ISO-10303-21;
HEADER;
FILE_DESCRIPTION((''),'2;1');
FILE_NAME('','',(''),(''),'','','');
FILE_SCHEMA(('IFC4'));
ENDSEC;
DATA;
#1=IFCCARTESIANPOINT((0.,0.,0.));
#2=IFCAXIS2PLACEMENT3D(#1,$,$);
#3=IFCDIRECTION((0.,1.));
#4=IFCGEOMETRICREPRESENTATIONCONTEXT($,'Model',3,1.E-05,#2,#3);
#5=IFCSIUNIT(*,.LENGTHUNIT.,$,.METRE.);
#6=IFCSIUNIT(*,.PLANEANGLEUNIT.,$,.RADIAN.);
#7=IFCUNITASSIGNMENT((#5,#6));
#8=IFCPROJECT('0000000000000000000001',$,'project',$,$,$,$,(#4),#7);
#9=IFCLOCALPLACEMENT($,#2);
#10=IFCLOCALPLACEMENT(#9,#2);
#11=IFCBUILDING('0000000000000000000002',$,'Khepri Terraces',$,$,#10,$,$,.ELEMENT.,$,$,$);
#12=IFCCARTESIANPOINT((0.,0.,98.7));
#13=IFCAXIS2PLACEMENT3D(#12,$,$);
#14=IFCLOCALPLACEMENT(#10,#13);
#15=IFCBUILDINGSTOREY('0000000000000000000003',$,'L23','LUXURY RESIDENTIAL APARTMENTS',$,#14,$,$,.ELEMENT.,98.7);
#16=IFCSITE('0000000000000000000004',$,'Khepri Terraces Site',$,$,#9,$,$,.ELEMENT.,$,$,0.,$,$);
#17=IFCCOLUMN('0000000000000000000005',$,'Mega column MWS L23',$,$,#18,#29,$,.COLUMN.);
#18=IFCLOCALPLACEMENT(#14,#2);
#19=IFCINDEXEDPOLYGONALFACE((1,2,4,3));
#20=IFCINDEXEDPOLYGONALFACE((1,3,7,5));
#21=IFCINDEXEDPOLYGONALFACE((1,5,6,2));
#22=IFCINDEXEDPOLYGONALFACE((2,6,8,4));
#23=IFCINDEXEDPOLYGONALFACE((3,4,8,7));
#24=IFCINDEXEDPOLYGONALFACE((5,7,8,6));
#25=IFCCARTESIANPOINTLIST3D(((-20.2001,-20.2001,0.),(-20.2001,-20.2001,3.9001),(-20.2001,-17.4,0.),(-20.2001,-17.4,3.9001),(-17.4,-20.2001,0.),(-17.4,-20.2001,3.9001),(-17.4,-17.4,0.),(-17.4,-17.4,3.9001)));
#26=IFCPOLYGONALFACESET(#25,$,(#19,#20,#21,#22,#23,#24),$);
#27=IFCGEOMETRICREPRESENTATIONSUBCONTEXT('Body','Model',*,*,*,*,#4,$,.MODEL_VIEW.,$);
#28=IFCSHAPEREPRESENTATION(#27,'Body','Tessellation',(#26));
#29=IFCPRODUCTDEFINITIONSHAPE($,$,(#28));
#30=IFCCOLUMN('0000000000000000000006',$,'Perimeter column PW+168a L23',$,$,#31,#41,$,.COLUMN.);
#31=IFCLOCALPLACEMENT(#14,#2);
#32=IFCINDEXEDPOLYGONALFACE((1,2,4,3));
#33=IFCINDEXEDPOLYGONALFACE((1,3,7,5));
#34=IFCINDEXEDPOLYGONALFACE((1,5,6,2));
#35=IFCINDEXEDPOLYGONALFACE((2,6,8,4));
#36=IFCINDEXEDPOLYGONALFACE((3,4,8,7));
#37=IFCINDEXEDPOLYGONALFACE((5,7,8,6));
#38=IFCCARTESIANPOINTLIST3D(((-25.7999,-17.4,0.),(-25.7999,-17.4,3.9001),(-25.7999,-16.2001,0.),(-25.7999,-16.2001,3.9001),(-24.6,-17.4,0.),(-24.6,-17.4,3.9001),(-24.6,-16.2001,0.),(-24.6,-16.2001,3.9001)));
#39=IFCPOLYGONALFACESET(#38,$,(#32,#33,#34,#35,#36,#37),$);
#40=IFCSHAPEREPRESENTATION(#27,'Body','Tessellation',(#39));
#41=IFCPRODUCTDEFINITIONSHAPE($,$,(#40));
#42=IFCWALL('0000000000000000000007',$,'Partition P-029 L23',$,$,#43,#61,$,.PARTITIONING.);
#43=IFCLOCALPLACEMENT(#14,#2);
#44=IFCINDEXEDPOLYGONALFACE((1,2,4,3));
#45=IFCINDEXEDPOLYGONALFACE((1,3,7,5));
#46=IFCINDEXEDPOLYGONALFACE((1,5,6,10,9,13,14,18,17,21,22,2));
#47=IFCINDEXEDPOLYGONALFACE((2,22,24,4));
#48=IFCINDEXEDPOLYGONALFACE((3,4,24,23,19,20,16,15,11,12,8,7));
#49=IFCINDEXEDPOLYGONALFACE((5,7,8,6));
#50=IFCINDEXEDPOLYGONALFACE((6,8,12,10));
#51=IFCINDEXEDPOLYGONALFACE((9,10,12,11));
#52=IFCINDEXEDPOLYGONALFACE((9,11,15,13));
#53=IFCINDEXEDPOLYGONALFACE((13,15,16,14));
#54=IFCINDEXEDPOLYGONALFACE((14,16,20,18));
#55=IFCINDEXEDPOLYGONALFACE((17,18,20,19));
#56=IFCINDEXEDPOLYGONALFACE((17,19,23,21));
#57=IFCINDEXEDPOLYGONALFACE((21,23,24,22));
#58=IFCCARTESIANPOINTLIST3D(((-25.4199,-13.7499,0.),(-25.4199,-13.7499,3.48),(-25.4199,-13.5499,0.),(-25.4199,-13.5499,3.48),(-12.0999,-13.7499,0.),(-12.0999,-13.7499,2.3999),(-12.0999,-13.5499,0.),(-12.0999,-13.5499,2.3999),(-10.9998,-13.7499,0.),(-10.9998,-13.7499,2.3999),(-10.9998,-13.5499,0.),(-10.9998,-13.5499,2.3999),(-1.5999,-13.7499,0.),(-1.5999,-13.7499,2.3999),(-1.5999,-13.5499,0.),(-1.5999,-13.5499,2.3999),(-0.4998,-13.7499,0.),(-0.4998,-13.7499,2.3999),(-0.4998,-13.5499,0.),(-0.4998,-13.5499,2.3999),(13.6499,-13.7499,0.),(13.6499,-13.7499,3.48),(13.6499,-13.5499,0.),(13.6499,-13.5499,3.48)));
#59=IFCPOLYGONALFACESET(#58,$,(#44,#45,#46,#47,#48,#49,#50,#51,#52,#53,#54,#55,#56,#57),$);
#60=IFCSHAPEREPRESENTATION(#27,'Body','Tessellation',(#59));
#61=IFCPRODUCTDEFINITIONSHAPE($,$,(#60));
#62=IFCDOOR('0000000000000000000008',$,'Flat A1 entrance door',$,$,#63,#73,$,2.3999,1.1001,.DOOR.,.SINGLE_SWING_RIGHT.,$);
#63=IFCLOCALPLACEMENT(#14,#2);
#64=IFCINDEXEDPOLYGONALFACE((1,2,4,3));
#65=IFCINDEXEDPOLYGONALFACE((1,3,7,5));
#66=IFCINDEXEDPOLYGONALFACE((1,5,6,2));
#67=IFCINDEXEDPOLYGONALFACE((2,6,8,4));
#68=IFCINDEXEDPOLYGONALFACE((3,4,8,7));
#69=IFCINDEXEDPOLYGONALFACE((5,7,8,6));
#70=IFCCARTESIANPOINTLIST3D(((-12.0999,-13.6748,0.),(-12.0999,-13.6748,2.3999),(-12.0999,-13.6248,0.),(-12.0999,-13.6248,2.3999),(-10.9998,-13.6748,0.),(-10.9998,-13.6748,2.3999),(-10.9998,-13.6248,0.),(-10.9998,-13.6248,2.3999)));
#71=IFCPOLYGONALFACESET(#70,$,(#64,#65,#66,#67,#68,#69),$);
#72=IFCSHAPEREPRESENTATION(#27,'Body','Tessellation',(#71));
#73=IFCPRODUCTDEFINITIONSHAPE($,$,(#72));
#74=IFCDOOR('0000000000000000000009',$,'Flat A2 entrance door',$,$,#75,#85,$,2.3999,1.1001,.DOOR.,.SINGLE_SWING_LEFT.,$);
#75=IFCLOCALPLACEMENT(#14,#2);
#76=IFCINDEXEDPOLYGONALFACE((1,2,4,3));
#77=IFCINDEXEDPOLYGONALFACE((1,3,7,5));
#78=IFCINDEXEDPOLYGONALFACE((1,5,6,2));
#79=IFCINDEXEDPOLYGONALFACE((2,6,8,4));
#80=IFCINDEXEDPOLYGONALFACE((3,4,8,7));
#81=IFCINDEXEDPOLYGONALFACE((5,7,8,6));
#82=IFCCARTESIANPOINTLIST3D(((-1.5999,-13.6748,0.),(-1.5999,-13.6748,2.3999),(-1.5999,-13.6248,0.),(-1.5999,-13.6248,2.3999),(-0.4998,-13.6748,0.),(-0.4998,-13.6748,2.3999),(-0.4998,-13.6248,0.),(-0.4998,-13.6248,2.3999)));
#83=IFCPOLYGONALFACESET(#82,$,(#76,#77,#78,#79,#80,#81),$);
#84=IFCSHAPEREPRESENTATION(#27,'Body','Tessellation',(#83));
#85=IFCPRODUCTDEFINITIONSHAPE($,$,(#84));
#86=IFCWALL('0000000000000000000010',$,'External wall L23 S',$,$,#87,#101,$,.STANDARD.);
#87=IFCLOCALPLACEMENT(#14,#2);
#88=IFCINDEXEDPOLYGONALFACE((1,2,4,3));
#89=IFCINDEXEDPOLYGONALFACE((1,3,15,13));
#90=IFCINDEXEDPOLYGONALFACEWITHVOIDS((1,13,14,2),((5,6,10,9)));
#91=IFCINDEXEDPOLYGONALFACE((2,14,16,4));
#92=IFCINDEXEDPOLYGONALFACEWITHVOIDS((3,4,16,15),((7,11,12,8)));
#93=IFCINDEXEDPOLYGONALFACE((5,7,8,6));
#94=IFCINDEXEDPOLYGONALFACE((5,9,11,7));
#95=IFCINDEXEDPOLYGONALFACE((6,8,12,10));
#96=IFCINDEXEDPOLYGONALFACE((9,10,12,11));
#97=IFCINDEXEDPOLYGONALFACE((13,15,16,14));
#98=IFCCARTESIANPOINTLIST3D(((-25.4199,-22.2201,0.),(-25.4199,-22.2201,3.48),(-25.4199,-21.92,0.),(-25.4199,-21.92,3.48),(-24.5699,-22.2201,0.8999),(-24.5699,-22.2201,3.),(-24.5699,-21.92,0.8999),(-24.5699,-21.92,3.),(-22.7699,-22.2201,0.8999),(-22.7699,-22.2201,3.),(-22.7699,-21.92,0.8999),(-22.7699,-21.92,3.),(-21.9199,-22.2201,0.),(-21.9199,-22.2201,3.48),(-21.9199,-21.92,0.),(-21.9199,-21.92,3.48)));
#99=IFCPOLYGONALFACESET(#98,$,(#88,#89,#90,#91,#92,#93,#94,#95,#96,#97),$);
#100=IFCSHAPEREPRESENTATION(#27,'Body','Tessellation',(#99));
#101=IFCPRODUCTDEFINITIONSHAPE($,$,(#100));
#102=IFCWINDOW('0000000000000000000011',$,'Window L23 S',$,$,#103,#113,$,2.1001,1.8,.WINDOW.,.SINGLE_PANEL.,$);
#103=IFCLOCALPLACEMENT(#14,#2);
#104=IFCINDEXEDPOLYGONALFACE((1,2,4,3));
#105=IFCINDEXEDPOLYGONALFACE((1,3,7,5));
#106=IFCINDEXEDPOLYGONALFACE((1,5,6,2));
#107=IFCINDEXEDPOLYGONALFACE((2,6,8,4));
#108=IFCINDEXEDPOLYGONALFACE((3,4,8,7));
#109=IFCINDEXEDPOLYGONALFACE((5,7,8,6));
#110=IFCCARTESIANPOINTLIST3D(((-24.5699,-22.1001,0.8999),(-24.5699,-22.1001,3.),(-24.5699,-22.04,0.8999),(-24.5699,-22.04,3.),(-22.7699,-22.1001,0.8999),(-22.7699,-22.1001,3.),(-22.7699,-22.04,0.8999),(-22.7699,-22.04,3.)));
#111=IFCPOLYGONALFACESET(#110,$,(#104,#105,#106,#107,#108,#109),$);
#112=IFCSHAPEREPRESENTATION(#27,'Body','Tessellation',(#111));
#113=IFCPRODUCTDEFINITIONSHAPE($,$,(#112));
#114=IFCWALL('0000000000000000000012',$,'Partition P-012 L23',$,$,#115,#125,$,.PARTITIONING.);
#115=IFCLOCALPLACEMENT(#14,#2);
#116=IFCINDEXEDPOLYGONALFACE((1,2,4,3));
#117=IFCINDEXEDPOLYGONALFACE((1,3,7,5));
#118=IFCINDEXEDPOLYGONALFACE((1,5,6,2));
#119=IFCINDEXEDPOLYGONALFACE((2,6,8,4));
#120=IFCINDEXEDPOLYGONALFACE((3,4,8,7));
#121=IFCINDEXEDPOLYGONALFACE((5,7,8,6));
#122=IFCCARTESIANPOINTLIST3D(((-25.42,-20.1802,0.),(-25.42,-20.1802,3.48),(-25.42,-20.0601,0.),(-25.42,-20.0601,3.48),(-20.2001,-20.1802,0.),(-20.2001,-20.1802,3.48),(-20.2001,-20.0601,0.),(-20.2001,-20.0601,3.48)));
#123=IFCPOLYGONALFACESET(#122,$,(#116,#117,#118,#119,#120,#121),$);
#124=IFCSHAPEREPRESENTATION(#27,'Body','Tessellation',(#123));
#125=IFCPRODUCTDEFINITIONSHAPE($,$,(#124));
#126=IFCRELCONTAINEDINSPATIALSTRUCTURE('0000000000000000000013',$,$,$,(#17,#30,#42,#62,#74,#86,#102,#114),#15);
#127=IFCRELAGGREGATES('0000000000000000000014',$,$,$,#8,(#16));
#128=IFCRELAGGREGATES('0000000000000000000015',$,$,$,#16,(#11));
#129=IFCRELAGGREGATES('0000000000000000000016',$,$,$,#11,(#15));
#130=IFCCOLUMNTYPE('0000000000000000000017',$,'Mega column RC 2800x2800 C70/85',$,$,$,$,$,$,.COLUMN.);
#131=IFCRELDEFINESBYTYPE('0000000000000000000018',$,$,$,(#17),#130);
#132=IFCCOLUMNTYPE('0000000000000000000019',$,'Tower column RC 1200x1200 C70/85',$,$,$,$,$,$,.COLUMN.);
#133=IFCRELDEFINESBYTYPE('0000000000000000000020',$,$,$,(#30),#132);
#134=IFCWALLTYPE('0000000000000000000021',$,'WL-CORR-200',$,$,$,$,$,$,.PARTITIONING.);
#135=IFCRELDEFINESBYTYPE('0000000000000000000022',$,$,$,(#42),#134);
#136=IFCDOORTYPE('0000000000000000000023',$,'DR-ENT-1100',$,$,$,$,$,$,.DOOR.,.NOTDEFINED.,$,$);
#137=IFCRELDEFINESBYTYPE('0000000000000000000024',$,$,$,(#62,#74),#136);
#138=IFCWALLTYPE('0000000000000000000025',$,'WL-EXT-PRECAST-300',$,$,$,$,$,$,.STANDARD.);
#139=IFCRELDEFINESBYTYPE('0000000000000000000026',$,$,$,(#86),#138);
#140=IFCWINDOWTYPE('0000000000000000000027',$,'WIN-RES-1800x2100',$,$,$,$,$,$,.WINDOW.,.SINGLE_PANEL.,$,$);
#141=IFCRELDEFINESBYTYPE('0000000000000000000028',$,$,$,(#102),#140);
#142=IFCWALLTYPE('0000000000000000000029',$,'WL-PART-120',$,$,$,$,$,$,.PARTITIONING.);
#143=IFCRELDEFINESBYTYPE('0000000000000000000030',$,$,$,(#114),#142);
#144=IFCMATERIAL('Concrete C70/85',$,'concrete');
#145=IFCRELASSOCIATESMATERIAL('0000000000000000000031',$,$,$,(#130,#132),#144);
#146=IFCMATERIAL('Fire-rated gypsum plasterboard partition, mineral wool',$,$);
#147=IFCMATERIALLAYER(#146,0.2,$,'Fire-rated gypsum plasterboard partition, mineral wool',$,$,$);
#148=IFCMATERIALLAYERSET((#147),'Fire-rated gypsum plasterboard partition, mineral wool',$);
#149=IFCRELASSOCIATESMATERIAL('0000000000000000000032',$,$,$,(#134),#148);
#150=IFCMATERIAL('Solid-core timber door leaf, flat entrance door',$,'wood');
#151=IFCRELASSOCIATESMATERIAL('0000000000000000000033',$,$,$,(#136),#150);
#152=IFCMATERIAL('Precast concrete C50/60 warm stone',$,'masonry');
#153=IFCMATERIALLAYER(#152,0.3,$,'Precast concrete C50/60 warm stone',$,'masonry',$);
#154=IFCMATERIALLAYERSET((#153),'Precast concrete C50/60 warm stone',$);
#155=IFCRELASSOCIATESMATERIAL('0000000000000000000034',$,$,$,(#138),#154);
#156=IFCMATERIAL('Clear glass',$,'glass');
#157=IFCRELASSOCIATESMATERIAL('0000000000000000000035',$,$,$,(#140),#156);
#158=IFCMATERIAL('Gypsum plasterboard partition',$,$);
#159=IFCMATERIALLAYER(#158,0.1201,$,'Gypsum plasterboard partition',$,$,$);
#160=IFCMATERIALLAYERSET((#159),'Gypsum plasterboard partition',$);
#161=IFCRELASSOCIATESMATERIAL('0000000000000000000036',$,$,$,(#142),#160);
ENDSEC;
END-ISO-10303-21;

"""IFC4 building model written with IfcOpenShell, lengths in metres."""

from ifc_helpers import new_model, si_unit, direction, frame, frame_2d, origin, origin_2d, place, context, subcontext, project, spatial, rectangle, extrude, material, layer, layer_set, material_profile, profile_set, type_object, element, fill, save


model = new_model("IFC4")

# Units and contexts
model_context = context("Model", 3, precision=1e-05, world=origin(), true_north=direction((0.0, 1.0)))
body_context = subcontext(model_context, "Body", "Model", "MODEL_VIEW")
ifc_project = project(units=[si_unit("LENGTHUNIT", "METRE"), si_unit("PLANEANGLEUNIT", "RADIAN")], contexts=[model_context])

# Site, building, storey
site_placement = place(None, origin())
site = spatial("IfcSite", under=ifc_project, at=site_placement, Name="Khepri Terraces Site", CompositionType="ELEMENT", RefElevation=0.0)
building_placement = place(site_placement, origin())
building = spatial("IfcBuilding", under=site, at=building_placement, Name="Khepri Terraces", CompositionType="ELEMENT")
storey_placement = place(building_placement, frame((0.0, 0.0, 98.7)))
storey = spatial("IfcBuildingStorey", under=building, at=storey_placement, Name="L23", Description="LUXURY RESIDENTIAL APARTMENTS", CompositionType="ELEMENT", Elevation=98.7)

# Columns
ifc_material_1 = material(Name="Concrete C70/85", Category="concrete")
ifc_material_profile_1 = material_profile(ifc_material_1, rectangle(XDim=2.8, YDim=2.8, at=origin_2d()), Name="Concrete C70/85", Category="concrete")
ifc_profile_set_1 = profile_set([ifc_material_profile_1], Name="Concrete C70/85")
column_type_1 = type_object("IfcColumnType", Name="Mega column RC 2800x2800 C70/85", PredefinedType="COLUMN", material=ifc_profile_set_1)
column_1_placement = place(storey_placement, frame((-18.8, -18.8, 0.0), z_axis=(0.0, 0.0, 1.0), x_axis=(1.0, 0.0, 0.0)))
element("IfcColumn", 1, at=column_1_placement, inside=storey, type_object=column_type_1, Name="Mega column MWS L23", PredefinedType="COLUMN", context=body_context, shape_type="SweptSolid", body=[
    extrude(rectangle(XDim=2.8, YDim=2.8, at=origin_2d()), origin(), (0.0, 0.0, 1.0), 3.9001),
])
ifc_material_profile_2 = material_profile(ifc_material_1, rectangle(XDim=1.2, YDim=1.2, at=origin_2d()), Name="Concrete C70/85", Category="concrete")
ifc_profile_set_2 = profile_set([ifc_material_profile_2], Name="Concrete C70/85")
column_type_2 = type_object("IfcColumnType", Name="Tower column RC 1200x1200 C70/85", PredefinedType="COLUMN", material=ifc_profile_set_2)
column_2_placement = place(storey_placement, frame((-25.2, -16.8, 0.0), z_axis=(0.0, 0.0, 1.0), x_axis=(1.0, 0.0, 0.0)))
element("IfcColumn", 2, at=column_2_placement, inside=storey, type_object=column_type_2, Name="Perimeter column PW+168a L23", PredefinedType="COLUMN", context=body_context, shape_type="SweptSolid", body=[
    extrude(rectangle(XDim=1.2, YDim=1.2, at=origin_2d()), origin(), (0.0, 0.0, 1.0), 3.9001),
])

# Wall, openings, doors
ifc_material_2 = material(Name="Fire-rated gypsum plasterboard partition, mineral wool")
ifc_layer_1 = layer(ifc_material_2, 0.2, Name="Fire-rated gypsum plasterboard partition, mineral wool")
ifc_layer_set_1 = layer_set([ifc_layer_1], Name="Fire-rated gypsum plasterboard partition, mineral wool")
wall_type_1 = type_object("IfcWallType", Name="WL-CORR-200", PredefinedType="PARTITIONING", material=ifc_layer_set_1)
wall_1_placement = place(storey_placement, frame((-25.4199, -13.6499, 0.0), z_axis=(0.0, 0.0, 1.0), x_axis=(1.0, 0.0, 0.0)))
wall_1 = element("IfcWall", 3, at=wall_1_placement, inside=storey, type_object=wall_type_1, Name="Partition P-029 L23", PredefinedType="PARTITIONING", context=body_context, shape_type="SweptSolid", body=[
    extrude(rectangle(XDim=39.0698, YDim=0.2, at=frame_2d((19.5349, 0.0))), origin(), (0.0, 0.0, 1.0), 3.48),
])
opening_1_placement = place(wall_1_placement, frame((13.3201, 0.0, 0.0)))
opening_1 = element("IfcOpeningElement", 4, at=opening_1_placement, cuts=wall_1, PredefinedType="OPENING", context=body_context, shape_type="SweptSolid", body=[
    extrude(rectangle(XDim=1.1001, YDim=2.3999, at=frame_2d((0.55, 1.2))), frame((0.0, 0.1099, 0.0), z_axis=(0.0, -1.0, 0.0), x_axis=(1.0, 0.0, 0.0)), (0.0, 0.0, 1.0), 0.22),
])
opening_2_placement = place(wall_1_placement, frame((23.8201, 0.0, 0.0)))
opening_2 = element("IfcOpeningElement", 5, at=opening_2_placement, cuts=wall_1, PredefinedType="OPENING", context=body_context, shape_type="SweptSolid", body=[
    extrude(rectangle(XDim=1.1001, YDim=2.3999, at=frame_2d((0.55, 1.2))), frame((0.0, 0.1099, 0.0), z_axis=(0.0, -1.0, 0.0), x_axis=(1.0, 0.0, 0.0)), (0.0, 0.0, 1.0), 0.22),
])
ifc_material_3 = material(Name="Solid-core timber door leaf, flat entrance door", Category="wood")
door_type_1 = type_object("IfcDoorType", Name="DR-ENT-1100", OperationType="NOTDEFINED", PredefinedType="DOOR", material=ifc_material_3)
door_1_placement = place(opening_1_placement, frame((1.1001, 0.0, 0.0), z_axis=(0.0, 0.0, 1.0), x_axis=(-1.0, 0.0, 0.0)))
door_1 = element("IfcDoor", 6, at=door_1_placement, inside=storey, type_object=door_type_1, Name="Flat A1 entrance door", OperationType="SINGLE_SWING_RIGHT", OverallHeight=2.3999, OverallWidth=1.1001, PredefinedType="DOOR", context=body_context, shape_type="SweptSolid", body=[
    extrude(rectangle(XDim=1.1001, YDim=2.3999, at=frame_2d((0.55, 1.2))), frame((0.0, 0.0249, 0.0), z_axis=(0.0, -1.0, 0.0), x_axis=(1.0, 0.0, 0.0)), (0.0, 0.0, 1.0), 0.05),
])
fill(opening_1, door_1)
door_2_placement = place(opening_2_placement, frame((1.1001, 0.0, 0.0), z_axis=(0.0, 0.0, 1.0), x_axis=(-1.0, 0.0, 0.0)))
door_2 = element("IfcDoor", 7, at=door_2_placement, inside=storey, type_object=door_type_1, Name="Flat A2 entrance door", OperationType="SINGLE_SWING_LEFT", OverallHeight=2.3999, OverallWidth=1.1001, PredefinedType="DOOR", context=body_context, shape_type="SweptSolid", body=[
    extrude(rectangle(XDim=1.1001, YDim=2.3999, at=frame_2d((0.55, 1.2))), frame((0.0, 0.0249, 0.0), z_axis=(0.0, -1.0, 0.0), x_axis=(1.0, 0.0, 0.0)), (0.0, 0.0, 1.0), 0.05),
])
fill(opening_2, door_2)

# Shared definitions
ifc_material_4 = material(Name="Precast concrete C50/60 warm stone", Category="masonry")
ifc_layer_2 = layer(ifc_material_4, 0.3, Name="Precast concrete C50/60 warm stone", Category="masonry")
ifc_layer_set_2 = layer_set([ifc_layer_2], Name="Precast concrete C50/60 warm stone")
wall_type_2 = type_object("IfcWallType", Name="WL-EXT-PRECAST-300", PredefinedType="STANDARD", material=ifc_layer_set_2)
ifc_material_5 = material(Name="Clear glass", Category="glass")
window_type = type_object("IfcWindowType", Name="WIN-RES-1800x2100", PartitioningType="SINGLE_PANEL", PredefinedType="WINDOW", material=ifc_material_5)

# Wall, opening, window
wall_2_placement = place(storey_placement, frame((-25.4199, -22.0701, 0.0), z_axis=(0.0, 0.0, 1.0), x_axis=(1.0, 0.0, 0.0)))
wall_2 = element("IfcWall", 8, at=wall_2_placement, inside=storey, type_object=wall_type_2, Name="External wall L23 S", PredefinedType="STANDARD", context=body_context, shape_type="SweptSolid", body=[
    extrude(rectangle(XDim=3.5, YDim=0.3, at=frame_2d((1.75, 0.0))), origin(), (0.0, 0.0, 1.0), 3.48),
])
opening_3_placement = place(wall_2_placement, frame((0.8501, 0.0, 0.8999)))
opening_3 = element("IfcOpeningElement", 9, at=opening_3_placement, cuts=wall_2, PredefinedType="OPENING", context=body_context, shape_type="SweptSolid", body=[
    extrude(rectangle(XDim=1.8, YDim=2.1001, at=frame_2d((0.8999, 1.05))), frame((0.0, 0.1602, 0.0), z_axis=(0.0, -1.0, 0.0), x_axis=(1.0, 0.0, 0.0)), (0.0, 0.0, 1.0), 0.3201),
])
window_1_placement = place(opening_3_placement, origin())
window_1 = element("IfcWindow", 10, at=window_1_placement, inside=storey, type_object=window_type, Name="Window L23 S", OverallHeight=2.1001, OverallWidth=1.8, PartitioningType="SINGLE_PANEL", PredefinedType="WINDOW", context=body_context, shape_type="SweptSolid", body=[
    extrude(rectangle(XDim=1.8, YDim=2.1001, at=frame_2d((0.8999, 1.05))), frame((0.0, 0.03, 0.0), z_axis=(0.0, -1.0, 0.0), x_axis=(1.0, 0.0, 0.0)), (0.0, 0.0, 1.0), 0.0601),
])
fill(opening_3, window_1)

# Wall
ifc_material_6 = material(Name="Gypsum plasterboard partition")
ifc_layer_3 = layer(ifc_material_6, 0.1201, Name="Gypsum plasterboard partition")
ifc_layer_set_3 = layer_set([ifc_layer_3], Name="Gypsum plasterboard partition")
wall_type_3 = type_object("IfcWallType", Name="WL-PART-120", PredefinedType="PARTITIONING", material=ifc_layer_set_3)
wall_3_placement = place(storey_placement, frame((-25.4199, -20.1201, 0.0), z_axis=(0.0, 0.0, 1.0), x_axis=(1.0, 0.0, 0.0)))
element("IfcWall", 11, at=wall_3_placement, inside=storey, type_object=wall_type_3, Name="Partition P-012 L23", PredefinedType="PARTITIONING", context=body_context, shape_type="SweptSolid", body=[
    extrude(rectangle(XDim=5.22, YDim=0.1201, at=frame_2d((2.6099, 0.0))), origin(), (0.0, 0.0, 1.0), 3.48),
])

save(model, "model.ifc")
